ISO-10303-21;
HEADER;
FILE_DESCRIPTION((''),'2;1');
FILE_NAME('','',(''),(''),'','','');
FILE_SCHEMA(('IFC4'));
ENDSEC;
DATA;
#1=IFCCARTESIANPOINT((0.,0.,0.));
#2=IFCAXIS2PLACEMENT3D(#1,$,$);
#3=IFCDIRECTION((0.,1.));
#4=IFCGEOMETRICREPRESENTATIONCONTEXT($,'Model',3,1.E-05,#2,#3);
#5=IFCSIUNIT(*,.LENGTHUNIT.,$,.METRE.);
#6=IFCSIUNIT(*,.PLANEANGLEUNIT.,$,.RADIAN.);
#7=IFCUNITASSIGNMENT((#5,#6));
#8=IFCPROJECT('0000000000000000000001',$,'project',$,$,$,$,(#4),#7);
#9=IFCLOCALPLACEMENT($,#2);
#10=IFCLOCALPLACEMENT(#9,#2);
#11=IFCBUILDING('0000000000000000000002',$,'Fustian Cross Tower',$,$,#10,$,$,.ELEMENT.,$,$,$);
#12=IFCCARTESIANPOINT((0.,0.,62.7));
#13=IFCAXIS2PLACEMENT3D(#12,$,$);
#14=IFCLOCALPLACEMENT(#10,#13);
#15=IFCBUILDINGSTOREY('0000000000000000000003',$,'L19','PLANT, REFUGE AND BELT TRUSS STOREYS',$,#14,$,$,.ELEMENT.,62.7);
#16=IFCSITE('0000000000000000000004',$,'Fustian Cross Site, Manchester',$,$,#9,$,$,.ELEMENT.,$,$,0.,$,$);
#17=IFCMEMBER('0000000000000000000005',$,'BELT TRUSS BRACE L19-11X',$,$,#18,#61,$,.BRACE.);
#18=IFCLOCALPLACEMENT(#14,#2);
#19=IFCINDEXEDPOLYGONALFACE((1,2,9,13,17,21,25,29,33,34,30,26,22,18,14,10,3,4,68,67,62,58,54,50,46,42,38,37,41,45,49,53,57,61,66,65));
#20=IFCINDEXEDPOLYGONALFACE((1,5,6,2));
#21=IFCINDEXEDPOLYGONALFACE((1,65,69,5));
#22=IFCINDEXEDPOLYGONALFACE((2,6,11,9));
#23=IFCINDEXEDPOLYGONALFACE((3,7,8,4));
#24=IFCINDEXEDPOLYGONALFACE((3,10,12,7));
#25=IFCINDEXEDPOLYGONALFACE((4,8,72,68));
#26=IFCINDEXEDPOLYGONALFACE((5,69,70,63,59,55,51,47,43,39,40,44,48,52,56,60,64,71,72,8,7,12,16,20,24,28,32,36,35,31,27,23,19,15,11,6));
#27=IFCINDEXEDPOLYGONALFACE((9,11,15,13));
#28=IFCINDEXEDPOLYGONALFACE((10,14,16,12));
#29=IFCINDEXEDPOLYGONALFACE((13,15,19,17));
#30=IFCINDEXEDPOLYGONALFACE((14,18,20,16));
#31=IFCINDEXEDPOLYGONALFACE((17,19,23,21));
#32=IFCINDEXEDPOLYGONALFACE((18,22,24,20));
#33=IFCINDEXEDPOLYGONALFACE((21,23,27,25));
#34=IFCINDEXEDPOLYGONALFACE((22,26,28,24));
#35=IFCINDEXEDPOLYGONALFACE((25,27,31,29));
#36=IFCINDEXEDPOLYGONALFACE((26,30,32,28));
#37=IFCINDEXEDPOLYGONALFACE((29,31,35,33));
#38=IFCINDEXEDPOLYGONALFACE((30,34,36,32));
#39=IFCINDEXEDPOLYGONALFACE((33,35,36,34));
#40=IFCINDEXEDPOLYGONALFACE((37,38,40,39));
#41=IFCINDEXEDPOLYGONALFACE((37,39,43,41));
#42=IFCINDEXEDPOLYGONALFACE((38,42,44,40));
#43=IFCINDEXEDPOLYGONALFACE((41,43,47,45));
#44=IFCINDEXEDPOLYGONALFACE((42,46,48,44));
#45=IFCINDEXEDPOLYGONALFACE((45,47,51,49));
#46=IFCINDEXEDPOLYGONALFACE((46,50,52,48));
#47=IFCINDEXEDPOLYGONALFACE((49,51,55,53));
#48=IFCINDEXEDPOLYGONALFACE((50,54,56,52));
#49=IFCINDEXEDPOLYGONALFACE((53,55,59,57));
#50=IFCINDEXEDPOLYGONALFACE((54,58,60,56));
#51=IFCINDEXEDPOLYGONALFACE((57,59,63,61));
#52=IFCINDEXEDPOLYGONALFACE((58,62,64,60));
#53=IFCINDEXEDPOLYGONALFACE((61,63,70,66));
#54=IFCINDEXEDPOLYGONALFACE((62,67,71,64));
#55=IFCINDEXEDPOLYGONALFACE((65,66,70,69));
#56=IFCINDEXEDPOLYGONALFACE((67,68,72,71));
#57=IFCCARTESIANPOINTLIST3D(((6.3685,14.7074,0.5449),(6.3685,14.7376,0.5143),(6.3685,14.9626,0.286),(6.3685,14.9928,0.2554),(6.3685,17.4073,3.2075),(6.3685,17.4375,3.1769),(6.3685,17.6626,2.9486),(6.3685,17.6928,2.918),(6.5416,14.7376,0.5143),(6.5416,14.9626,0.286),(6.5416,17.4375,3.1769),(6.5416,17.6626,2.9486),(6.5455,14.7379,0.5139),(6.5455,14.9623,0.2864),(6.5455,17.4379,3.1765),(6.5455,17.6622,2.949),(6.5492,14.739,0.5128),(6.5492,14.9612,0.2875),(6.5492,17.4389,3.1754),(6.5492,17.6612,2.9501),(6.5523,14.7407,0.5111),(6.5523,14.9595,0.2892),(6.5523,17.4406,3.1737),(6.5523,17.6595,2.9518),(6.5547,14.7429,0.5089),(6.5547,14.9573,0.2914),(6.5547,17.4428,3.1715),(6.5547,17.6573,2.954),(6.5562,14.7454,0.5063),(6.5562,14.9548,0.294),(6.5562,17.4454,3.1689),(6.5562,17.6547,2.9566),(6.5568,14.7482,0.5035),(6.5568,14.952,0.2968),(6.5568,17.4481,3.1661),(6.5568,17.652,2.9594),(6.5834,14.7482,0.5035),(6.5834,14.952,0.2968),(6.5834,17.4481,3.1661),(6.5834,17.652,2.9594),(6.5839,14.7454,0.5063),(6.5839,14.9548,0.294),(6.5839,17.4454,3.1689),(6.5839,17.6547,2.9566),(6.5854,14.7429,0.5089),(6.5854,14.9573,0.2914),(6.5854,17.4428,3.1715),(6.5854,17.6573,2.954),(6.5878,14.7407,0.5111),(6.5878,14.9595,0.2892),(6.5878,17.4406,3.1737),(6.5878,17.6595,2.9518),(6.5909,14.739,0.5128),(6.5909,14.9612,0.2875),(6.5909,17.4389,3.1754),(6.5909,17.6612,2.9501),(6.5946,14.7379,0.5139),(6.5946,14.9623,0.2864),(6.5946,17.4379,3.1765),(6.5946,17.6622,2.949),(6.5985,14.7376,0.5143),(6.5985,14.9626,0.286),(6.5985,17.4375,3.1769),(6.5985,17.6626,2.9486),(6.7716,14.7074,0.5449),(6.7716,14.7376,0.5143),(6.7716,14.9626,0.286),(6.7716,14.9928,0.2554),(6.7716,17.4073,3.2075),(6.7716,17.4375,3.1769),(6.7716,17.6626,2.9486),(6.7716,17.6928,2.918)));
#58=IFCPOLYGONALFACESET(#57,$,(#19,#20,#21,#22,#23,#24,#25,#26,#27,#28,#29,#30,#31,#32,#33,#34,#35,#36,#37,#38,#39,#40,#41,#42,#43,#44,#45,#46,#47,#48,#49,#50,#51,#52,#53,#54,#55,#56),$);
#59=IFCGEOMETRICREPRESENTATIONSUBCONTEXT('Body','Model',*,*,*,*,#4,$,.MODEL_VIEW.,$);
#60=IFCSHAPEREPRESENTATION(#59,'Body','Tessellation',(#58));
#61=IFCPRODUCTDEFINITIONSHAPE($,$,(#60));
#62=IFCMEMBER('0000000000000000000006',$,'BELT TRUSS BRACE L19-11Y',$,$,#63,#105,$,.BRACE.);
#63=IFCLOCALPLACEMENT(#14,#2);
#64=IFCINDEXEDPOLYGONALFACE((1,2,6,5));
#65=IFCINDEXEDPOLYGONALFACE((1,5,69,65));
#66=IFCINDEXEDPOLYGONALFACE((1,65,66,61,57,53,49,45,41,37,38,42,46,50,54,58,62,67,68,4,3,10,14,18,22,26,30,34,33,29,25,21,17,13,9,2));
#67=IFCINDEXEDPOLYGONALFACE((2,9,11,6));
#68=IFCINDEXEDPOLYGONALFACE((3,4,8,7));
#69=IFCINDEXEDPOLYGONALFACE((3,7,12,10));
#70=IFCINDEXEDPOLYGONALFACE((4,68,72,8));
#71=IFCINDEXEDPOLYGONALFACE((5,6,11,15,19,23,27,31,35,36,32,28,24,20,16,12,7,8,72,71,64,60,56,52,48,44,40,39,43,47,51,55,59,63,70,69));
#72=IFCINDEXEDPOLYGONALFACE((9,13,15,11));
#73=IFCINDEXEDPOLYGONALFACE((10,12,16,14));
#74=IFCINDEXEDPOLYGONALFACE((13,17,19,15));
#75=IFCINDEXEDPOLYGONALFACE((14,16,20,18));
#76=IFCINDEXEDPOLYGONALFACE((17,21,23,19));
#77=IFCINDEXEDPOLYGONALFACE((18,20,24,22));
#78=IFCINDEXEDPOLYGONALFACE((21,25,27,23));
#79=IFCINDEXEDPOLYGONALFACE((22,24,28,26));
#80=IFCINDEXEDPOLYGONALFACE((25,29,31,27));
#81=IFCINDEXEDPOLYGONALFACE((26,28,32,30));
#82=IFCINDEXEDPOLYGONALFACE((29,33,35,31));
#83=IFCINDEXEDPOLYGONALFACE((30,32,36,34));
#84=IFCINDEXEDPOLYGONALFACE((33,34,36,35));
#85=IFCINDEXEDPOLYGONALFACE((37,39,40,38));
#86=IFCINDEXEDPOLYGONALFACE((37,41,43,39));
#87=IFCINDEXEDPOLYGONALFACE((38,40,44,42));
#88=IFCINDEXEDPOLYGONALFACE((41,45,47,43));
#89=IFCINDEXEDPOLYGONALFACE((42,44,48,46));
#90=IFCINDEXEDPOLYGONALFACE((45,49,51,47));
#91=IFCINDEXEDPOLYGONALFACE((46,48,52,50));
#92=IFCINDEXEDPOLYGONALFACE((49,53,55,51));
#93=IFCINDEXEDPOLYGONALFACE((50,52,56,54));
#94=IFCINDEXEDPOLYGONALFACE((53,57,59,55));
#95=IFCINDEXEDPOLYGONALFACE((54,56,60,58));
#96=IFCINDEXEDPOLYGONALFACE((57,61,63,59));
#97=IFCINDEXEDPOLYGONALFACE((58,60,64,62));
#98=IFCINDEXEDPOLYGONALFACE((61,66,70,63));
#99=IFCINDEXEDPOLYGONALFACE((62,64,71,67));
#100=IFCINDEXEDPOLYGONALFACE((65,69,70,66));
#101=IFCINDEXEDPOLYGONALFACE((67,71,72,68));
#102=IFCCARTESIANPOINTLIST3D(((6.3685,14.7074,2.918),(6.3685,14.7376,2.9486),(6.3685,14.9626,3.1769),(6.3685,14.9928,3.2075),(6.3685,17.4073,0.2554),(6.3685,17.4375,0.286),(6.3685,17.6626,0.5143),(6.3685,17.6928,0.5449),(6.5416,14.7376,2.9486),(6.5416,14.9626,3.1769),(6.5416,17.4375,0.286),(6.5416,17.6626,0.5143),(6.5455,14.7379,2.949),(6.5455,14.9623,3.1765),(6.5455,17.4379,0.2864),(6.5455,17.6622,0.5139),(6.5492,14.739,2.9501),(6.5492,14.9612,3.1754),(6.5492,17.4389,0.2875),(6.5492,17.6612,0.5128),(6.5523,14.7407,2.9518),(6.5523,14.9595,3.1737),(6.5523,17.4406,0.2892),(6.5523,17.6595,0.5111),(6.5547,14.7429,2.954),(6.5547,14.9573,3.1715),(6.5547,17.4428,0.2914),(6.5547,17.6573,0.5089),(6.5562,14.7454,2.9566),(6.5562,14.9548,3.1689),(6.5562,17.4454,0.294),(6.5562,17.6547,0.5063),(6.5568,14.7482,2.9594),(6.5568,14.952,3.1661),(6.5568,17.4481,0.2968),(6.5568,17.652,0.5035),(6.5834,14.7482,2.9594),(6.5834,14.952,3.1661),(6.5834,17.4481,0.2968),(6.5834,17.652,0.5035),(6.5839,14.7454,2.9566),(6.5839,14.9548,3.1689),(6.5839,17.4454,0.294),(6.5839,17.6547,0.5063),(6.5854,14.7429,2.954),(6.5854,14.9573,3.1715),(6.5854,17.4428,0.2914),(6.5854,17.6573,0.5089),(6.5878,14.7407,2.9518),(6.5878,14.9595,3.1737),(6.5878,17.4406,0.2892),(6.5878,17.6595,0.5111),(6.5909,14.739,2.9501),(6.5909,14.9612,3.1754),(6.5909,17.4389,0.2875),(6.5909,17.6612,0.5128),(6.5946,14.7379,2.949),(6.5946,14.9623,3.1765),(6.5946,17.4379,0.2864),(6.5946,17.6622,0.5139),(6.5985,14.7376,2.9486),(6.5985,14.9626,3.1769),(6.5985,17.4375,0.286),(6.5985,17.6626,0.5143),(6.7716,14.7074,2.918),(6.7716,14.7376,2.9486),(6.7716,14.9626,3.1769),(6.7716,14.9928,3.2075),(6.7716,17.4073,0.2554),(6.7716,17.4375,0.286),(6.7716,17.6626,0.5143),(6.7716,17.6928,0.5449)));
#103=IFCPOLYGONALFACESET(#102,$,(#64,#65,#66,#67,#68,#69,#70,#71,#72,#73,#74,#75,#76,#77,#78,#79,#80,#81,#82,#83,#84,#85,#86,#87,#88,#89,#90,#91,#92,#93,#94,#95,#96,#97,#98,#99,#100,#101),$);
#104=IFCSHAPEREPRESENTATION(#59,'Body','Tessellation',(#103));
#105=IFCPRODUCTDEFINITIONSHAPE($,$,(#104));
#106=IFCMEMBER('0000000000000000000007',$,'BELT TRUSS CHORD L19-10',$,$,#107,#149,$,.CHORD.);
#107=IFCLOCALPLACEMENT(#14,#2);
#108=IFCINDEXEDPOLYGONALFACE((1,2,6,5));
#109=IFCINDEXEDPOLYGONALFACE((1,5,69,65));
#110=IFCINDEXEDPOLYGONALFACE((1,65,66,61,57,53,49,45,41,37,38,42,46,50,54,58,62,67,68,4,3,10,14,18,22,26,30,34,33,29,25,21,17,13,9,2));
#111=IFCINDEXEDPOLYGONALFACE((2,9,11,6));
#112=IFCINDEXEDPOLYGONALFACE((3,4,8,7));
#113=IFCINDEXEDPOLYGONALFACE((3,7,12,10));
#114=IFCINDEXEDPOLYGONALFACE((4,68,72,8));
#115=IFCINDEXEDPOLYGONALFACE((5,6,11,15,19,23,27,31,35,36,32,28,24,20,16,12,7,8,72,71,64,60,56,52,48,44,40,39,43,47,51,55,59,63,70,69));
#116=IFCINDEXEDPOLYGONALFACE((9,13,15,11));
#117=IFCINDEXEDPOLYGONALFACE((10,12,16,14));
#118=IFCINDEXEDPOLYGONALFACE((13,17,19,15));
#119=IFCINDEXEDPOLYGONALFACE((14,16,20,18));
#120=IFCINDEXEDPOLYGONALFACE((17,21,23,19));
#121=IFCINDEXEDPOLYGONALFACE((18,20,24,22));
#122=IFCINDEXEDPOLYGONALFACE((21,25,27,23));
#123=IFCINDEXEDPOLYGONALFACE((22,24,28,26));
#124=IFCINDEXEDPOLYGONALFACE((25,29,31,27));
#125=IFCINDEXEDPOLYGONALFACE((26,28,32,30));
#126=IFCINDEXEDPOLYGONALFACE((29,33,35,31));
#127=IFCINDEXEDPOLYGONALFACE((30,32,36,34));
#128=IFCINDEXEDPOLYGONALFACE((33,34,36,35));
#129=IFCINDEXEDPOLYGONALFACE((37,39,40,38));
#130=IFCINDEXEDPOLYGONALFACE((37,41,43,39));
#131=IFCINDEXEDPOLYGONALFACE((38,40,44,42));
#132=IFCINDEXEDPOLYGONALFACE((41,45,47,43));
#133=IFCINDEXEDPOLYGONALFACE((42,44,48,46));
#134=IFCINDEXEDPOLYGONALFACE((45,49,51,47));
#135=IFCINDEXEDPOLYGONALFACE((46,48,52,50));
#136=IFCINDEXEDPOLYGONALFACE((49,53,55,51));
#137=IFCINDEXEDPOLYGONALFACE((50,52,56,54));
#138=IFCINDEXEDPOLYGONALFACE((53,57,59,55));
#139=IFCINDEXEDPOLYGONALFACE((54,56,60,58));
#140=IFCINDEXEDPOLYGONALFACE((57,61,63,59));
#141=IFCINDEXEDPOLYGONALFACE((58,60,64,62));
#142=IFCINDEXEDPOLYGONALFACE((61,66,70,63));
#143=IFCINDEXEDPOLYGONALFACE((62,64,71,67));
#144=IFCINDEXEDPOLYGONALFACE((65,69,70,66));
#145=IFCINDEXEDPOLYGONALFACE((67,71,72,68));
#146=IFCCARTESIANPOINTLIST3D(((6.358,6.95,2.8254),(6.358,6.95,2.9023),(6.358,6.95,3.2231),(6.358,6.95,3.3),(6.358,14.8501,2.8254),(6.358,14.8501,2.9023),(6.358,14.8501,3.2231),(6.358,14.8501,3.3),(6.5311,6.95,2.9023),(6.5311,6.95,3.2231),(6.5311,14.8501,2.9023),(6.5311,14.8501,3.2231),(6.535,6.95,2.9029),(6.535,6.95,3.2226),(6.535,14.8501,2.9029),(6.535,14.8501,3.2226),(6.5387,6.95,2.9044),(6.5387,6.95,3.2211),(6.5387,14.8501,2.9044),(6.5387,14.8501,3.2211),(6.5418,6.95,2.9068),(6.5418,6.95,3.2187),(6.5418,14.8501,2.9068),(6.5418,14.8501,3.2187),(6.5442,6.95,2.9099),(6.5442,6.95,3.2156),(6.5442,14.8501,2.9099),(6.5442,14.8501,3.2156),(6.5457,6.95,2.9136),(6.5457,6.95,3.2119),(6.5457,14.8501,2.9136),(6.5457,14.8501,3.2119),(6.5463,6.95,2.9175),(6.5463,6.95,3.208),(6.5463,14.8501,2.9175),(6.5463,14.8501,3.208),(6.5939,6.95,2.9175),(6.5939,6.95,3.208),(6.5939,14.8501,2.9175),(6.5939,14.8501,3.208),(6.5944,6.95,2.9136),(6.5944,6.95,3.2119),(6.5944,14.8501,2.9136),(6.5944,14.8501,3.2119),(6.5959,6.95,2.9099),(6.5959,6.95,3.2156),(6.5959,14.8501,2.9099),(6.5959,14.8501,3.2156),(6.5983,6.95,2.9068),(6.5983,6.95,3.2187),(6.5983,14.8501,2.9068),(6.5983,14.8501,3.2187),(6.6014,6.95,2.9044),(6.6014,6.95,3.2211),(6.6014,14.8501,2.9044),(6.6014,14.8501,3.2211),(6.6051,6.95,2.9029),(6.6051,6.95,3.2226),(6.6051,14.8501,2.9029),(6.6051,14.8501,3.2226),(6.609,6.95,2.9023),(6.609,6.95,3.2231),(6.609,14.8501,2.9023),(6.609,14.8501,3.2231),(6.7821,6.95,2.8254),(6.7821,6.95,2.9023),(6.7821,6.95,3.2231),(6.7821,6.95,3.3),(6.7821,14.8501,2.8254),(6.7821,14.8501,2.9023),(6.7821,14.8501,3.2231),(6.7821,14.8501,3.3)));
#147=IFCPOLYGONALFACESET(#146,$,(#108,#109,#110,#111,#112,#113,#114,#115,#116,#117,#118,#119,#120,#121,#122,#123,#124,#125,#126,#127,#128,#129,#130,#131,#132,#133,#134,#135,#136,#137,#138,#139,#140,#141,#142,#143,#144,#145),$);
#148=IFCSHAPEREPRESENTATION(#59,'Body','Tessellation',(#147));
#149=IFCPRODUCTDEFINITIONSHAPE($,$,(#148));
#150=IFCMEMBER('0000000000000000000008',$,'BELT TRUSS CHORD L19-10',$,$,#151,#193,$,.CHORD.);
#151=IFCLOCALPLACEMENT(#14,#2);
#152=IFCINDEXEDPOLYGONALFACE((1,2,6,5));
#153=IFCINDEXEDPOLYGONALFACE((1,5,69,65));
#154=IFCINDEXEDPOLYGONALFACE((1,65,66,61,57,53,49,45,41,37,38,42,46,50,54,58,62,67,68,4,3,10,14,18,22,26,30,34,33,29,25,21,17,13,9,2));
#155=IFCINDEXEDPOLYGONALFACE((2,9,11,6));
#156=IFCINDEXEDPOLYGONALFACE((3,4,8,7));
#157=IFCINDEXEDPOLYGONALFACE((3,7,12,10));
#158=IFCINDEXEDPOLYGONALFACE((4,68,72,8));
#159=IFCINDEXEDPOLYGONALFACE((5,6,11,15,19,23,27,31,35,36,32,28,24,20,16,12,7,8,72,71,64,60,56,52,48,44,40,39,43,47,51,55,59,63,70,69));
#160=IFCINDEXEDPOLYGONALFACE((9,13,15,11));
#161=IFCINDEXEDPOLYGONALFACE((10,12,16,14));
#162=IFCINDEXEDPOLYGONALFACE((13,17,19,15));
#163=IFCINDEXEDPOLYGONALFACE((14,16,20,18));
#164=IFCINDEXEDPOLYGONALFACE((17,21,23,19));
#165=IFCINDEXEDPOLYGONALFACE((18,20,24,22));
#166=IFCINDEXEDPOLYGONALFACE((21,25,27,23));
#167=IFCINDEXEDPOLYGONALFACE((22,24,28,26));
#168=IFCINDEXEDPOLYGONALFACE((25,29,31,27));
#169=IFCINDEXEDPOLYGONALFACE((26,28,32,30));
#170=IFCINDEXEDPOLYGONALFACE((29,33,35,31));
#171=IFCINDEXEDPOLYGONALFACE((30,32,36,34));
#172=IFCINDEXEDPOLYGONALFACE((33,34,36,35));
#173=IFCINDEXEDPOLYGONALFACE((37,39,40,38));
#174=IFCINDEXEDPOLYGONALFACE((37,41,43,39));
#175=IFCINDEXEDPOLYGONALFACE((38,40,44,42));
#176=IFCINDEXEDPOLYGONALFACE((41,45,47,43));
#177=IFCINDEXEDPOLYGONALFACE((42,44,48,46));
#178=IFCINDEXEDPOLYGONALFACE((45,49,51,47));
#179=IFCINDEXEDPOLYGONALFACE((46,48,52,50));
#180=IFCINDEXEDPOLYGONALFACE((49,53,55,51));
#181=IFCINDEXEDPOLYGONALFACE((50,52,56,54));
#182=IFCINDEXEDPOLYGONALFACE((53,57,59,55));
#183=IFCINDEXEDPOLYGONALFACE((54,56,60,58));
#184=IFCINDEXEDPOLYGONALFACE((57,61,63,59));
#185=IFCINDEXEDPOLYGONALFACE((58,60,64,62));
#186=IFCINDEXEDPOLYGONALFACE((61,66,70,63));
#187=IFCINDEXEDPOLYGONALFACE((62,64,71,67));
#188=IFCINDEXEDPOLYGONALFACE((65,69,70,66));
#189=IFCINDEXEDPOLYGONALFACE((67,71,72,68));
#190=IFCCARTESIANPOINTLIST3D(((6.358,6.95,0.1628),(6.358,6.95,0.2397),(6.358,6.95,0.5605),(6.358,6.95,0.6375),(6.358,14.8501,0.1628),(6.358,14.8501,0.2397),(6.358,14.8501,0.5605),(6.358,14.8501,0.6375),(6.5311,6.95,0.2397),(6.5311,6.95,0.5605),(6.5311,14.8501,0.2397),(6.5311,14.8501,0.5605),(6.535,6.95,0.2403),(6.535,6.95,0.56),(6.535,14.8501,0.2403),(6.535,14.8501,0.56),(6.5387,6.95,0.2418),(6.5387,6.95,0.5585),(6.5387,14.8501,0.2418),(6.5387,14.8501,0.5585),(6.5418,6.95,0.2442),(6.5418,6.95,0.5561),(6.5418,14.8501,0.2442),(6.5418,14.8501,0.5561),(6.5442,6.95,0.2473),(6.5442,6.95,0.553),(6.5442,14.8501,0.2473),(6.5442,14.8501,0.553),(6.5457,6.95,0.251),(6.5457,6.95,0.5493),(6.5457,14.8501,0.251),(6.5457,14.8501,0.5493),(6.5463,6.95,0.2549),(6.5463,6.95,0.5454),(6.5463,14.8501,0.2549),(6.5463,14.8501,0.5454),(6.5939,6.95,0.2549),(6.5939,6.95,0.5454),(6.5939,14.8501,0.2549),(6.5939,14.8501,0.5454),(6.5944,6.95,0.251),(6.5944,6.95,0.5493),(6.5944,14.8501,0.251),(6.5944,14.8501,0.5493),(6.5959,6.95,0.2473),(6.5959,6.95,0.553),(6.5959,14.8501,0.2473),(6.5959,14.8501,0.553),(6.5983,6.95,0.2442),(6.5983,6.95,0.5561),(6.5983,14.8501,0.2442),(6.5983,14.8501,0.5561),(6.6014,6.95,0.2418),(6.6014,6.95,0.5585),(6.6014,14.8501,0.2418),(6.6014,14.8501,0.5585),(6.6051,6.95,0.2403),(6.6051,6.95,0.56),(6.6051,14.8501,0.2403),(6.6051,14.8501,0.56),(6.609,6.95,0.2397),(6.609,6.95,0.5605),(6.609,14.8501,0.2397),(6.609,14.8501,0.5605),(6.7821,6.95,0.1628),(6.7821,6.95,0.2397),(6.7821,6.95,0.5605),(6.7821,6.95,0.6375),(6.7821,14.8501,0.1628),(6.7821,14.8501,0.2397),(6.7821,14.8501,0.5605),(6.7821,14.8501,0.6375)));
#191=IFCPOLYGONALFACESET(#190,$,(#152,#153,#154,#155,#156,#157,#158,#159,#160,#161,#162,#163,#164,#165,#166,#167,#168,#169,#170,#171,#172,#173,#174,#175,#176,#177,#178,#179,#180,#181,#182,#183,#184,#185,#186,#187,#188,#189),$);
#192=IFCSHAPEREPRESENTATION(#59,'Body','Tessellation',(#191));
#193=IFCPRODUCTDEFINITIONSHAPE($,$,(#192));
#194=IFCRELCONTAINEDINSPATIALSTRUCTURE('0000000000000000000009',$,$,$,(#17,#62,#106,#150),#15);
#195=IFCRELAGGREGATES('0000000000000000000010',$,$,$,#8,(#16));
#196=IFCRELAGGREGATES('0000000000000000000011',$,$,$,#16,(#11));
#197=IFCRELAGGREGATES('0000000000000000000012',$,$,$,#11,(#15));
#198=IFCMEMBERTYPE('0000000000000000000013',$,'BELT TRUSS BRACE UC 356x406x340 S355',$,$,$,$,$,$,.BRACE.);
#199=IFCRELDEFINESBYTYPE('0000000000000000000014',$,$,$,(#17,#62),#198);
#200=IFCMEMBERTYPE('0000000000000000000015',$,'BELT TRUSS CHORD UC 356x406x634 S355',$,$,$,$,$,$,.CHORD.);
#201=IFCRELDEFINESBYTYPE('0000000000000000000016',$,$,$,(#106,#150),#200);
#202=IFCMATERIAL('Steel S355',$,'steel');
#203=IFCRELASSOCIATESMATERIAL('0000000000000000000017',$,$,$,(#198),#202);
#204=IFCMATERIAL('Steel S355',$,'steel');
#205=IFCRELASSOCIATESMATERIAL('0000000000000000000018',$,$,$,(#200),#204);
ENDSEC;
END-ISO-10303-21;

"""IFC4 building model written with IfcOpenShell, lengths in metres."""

from ifc_helpers import new_model, si_unit, direction, frame, origin, origin_2d, place, context, subcontext, project, spatial, i_section, extrude, material, material_profile, profile_set, type_object, element, save


model = new_model("IFC4")

# Units and contexts
model_context = context("Model", 3, precision=1e-05, world=origin(), true_north=direction((0.0, 1.0)))
body_context = subcontext(model_context, "Body", "Model", "MODEL_VIEW")
ifc_project = project(units=[si_unit("LENGTHUNIT", "METRE"), si_unit("PLANEANGLEUNIT", "RADIAN")], contexts=[model_context])

# Site, building, storey
site_placement = place(None, origin())
site = spatial("IfcSite", under=ifc_project, at=site_placement, Name="Fustian Cross Site, Manchester", CompositionType="ELEMENT", RefElevation=0.0)
building_placement = place(site_placement, origin())
building = spatial("IfcBuilding", under=site, at=building_placement, Name="Fustian Cross Tower", CompositionType="ELEMENT")
storey_placement = place(building_placement, frame((0.0, 0.0, 62.7)))
storey = spatial("IfcBuildingStorey", under=building, at=storey_placement, Name="L19", Description="PLANT, REFUGE AND BELT TRUSS STOREYS", CompositionType="ELEMENT", Elevation=62.7)

# Members
ifc_material_1 = material(Name="Steel S355", Category="steel")
ifc_material_profile_1 = material_profile(ifc_material_1, i_section(OverallWidth=0.4031, OverallDepth=0.4065, WebThickness=0.0266, FlangeThickness=0.043, FilletRadius=0.0151, at=origin_2d()), Name="UC 356x406x340")
ifc_profile_set_1 = profile_set([ifc_material_profile_1], Name="Steel S355")
member_type_1 = type_object("IfcMemberType", Name="BELT TRUSS BRACE UC 356x406x340 S355", PredefinedType="BRACE", material=ifc_profile_set_1)
for number, where, z_axis, x_axis, name in (
    (1, (6.5701, 14.8501, 0.4001), (0.0, 0.712015, 0.702164), (-1.0, 0.0, 0.0), "BELT TRUSS BRACE L19-11X"),
    (2, (6.5701, 14.8501, 3.0627), (0.0, 0.712015, -0.702164), (-1.0, 0.0, 0.0), "BELT TRUSS BRACE L19-11Y"),
):
    element("IfcMember", number, at=place(storey_placement, frame(where, z_axis=z_axis, x_axis=x_axis)), inside=storey, type_object=member_type_1, Name=name, PredefinedType="BRACE", context=body_context, shape_type="SweptSolid", body=[
        extrude(i_section(OverallWidth=0.4031, OverallDepth=0.4065, WebThickness=0.0266, FlangeThickness=0.043, FilletRadius=0.0151, at=origin_2d()), origin(), (0.0, 0.0, 1.0), 3.792),
    ])
ifc_material_2 = material(Name="Steel S355", Category="steel")
ifc_material_profile_2 = material_profile(ifc_material_2, i_section(OverallWidth=0.4241, OverallDepth=0.4746, WebThickness=0.0476, FlangeThickness=0.0769, FilletRadius=0.0151, at=origin_2d()), Name="UC 356x406x634")
ifc_profile_set_2 = profile_set([ifc_material_profile_2], Name="Steel S355")
member_type_2 = type_object("IfcMemberType", Name="BELT TRUSS CHORD UC 356x406x634 S355", PredefinedType="CHORD", material=ifc_profile_set_2)
for number, where, z_axis, x_axis, name in (
    (3, (6.5701, 6.95, 3.0627), (0.0, 1.0, 0.0), (-1.0, 0.0, 0.0), "BELT TRUSS CHORD L19-10"),
    (4, (6.5701, 6.95, 0.4001), (0.0, 1.0, 0.0), (-1.0, 0.0, 0.0), "BELT TRUSS CHORD L19-10"),
):
    element("IfcMember", number, at=place(storey_placement, frame(where, z_axis=z_axis, x_axis=x_axis)), inside=storey, type_object=member_type_2, Name=name, PredefinedType="CHORD", context=body_context, shape_type="SweptSolid", body=[
        extrude(i_section(OverallWidth=0.4241, OverallDepth=0.4746, WebThickness=0.0476, FlangeThickness=0.0769, FilletRadius=0.0151, at=origin_2d()), origin(), (0.0, 0.0, 1.0), 7.9001),
    ])

save(model, "model.ifc")
